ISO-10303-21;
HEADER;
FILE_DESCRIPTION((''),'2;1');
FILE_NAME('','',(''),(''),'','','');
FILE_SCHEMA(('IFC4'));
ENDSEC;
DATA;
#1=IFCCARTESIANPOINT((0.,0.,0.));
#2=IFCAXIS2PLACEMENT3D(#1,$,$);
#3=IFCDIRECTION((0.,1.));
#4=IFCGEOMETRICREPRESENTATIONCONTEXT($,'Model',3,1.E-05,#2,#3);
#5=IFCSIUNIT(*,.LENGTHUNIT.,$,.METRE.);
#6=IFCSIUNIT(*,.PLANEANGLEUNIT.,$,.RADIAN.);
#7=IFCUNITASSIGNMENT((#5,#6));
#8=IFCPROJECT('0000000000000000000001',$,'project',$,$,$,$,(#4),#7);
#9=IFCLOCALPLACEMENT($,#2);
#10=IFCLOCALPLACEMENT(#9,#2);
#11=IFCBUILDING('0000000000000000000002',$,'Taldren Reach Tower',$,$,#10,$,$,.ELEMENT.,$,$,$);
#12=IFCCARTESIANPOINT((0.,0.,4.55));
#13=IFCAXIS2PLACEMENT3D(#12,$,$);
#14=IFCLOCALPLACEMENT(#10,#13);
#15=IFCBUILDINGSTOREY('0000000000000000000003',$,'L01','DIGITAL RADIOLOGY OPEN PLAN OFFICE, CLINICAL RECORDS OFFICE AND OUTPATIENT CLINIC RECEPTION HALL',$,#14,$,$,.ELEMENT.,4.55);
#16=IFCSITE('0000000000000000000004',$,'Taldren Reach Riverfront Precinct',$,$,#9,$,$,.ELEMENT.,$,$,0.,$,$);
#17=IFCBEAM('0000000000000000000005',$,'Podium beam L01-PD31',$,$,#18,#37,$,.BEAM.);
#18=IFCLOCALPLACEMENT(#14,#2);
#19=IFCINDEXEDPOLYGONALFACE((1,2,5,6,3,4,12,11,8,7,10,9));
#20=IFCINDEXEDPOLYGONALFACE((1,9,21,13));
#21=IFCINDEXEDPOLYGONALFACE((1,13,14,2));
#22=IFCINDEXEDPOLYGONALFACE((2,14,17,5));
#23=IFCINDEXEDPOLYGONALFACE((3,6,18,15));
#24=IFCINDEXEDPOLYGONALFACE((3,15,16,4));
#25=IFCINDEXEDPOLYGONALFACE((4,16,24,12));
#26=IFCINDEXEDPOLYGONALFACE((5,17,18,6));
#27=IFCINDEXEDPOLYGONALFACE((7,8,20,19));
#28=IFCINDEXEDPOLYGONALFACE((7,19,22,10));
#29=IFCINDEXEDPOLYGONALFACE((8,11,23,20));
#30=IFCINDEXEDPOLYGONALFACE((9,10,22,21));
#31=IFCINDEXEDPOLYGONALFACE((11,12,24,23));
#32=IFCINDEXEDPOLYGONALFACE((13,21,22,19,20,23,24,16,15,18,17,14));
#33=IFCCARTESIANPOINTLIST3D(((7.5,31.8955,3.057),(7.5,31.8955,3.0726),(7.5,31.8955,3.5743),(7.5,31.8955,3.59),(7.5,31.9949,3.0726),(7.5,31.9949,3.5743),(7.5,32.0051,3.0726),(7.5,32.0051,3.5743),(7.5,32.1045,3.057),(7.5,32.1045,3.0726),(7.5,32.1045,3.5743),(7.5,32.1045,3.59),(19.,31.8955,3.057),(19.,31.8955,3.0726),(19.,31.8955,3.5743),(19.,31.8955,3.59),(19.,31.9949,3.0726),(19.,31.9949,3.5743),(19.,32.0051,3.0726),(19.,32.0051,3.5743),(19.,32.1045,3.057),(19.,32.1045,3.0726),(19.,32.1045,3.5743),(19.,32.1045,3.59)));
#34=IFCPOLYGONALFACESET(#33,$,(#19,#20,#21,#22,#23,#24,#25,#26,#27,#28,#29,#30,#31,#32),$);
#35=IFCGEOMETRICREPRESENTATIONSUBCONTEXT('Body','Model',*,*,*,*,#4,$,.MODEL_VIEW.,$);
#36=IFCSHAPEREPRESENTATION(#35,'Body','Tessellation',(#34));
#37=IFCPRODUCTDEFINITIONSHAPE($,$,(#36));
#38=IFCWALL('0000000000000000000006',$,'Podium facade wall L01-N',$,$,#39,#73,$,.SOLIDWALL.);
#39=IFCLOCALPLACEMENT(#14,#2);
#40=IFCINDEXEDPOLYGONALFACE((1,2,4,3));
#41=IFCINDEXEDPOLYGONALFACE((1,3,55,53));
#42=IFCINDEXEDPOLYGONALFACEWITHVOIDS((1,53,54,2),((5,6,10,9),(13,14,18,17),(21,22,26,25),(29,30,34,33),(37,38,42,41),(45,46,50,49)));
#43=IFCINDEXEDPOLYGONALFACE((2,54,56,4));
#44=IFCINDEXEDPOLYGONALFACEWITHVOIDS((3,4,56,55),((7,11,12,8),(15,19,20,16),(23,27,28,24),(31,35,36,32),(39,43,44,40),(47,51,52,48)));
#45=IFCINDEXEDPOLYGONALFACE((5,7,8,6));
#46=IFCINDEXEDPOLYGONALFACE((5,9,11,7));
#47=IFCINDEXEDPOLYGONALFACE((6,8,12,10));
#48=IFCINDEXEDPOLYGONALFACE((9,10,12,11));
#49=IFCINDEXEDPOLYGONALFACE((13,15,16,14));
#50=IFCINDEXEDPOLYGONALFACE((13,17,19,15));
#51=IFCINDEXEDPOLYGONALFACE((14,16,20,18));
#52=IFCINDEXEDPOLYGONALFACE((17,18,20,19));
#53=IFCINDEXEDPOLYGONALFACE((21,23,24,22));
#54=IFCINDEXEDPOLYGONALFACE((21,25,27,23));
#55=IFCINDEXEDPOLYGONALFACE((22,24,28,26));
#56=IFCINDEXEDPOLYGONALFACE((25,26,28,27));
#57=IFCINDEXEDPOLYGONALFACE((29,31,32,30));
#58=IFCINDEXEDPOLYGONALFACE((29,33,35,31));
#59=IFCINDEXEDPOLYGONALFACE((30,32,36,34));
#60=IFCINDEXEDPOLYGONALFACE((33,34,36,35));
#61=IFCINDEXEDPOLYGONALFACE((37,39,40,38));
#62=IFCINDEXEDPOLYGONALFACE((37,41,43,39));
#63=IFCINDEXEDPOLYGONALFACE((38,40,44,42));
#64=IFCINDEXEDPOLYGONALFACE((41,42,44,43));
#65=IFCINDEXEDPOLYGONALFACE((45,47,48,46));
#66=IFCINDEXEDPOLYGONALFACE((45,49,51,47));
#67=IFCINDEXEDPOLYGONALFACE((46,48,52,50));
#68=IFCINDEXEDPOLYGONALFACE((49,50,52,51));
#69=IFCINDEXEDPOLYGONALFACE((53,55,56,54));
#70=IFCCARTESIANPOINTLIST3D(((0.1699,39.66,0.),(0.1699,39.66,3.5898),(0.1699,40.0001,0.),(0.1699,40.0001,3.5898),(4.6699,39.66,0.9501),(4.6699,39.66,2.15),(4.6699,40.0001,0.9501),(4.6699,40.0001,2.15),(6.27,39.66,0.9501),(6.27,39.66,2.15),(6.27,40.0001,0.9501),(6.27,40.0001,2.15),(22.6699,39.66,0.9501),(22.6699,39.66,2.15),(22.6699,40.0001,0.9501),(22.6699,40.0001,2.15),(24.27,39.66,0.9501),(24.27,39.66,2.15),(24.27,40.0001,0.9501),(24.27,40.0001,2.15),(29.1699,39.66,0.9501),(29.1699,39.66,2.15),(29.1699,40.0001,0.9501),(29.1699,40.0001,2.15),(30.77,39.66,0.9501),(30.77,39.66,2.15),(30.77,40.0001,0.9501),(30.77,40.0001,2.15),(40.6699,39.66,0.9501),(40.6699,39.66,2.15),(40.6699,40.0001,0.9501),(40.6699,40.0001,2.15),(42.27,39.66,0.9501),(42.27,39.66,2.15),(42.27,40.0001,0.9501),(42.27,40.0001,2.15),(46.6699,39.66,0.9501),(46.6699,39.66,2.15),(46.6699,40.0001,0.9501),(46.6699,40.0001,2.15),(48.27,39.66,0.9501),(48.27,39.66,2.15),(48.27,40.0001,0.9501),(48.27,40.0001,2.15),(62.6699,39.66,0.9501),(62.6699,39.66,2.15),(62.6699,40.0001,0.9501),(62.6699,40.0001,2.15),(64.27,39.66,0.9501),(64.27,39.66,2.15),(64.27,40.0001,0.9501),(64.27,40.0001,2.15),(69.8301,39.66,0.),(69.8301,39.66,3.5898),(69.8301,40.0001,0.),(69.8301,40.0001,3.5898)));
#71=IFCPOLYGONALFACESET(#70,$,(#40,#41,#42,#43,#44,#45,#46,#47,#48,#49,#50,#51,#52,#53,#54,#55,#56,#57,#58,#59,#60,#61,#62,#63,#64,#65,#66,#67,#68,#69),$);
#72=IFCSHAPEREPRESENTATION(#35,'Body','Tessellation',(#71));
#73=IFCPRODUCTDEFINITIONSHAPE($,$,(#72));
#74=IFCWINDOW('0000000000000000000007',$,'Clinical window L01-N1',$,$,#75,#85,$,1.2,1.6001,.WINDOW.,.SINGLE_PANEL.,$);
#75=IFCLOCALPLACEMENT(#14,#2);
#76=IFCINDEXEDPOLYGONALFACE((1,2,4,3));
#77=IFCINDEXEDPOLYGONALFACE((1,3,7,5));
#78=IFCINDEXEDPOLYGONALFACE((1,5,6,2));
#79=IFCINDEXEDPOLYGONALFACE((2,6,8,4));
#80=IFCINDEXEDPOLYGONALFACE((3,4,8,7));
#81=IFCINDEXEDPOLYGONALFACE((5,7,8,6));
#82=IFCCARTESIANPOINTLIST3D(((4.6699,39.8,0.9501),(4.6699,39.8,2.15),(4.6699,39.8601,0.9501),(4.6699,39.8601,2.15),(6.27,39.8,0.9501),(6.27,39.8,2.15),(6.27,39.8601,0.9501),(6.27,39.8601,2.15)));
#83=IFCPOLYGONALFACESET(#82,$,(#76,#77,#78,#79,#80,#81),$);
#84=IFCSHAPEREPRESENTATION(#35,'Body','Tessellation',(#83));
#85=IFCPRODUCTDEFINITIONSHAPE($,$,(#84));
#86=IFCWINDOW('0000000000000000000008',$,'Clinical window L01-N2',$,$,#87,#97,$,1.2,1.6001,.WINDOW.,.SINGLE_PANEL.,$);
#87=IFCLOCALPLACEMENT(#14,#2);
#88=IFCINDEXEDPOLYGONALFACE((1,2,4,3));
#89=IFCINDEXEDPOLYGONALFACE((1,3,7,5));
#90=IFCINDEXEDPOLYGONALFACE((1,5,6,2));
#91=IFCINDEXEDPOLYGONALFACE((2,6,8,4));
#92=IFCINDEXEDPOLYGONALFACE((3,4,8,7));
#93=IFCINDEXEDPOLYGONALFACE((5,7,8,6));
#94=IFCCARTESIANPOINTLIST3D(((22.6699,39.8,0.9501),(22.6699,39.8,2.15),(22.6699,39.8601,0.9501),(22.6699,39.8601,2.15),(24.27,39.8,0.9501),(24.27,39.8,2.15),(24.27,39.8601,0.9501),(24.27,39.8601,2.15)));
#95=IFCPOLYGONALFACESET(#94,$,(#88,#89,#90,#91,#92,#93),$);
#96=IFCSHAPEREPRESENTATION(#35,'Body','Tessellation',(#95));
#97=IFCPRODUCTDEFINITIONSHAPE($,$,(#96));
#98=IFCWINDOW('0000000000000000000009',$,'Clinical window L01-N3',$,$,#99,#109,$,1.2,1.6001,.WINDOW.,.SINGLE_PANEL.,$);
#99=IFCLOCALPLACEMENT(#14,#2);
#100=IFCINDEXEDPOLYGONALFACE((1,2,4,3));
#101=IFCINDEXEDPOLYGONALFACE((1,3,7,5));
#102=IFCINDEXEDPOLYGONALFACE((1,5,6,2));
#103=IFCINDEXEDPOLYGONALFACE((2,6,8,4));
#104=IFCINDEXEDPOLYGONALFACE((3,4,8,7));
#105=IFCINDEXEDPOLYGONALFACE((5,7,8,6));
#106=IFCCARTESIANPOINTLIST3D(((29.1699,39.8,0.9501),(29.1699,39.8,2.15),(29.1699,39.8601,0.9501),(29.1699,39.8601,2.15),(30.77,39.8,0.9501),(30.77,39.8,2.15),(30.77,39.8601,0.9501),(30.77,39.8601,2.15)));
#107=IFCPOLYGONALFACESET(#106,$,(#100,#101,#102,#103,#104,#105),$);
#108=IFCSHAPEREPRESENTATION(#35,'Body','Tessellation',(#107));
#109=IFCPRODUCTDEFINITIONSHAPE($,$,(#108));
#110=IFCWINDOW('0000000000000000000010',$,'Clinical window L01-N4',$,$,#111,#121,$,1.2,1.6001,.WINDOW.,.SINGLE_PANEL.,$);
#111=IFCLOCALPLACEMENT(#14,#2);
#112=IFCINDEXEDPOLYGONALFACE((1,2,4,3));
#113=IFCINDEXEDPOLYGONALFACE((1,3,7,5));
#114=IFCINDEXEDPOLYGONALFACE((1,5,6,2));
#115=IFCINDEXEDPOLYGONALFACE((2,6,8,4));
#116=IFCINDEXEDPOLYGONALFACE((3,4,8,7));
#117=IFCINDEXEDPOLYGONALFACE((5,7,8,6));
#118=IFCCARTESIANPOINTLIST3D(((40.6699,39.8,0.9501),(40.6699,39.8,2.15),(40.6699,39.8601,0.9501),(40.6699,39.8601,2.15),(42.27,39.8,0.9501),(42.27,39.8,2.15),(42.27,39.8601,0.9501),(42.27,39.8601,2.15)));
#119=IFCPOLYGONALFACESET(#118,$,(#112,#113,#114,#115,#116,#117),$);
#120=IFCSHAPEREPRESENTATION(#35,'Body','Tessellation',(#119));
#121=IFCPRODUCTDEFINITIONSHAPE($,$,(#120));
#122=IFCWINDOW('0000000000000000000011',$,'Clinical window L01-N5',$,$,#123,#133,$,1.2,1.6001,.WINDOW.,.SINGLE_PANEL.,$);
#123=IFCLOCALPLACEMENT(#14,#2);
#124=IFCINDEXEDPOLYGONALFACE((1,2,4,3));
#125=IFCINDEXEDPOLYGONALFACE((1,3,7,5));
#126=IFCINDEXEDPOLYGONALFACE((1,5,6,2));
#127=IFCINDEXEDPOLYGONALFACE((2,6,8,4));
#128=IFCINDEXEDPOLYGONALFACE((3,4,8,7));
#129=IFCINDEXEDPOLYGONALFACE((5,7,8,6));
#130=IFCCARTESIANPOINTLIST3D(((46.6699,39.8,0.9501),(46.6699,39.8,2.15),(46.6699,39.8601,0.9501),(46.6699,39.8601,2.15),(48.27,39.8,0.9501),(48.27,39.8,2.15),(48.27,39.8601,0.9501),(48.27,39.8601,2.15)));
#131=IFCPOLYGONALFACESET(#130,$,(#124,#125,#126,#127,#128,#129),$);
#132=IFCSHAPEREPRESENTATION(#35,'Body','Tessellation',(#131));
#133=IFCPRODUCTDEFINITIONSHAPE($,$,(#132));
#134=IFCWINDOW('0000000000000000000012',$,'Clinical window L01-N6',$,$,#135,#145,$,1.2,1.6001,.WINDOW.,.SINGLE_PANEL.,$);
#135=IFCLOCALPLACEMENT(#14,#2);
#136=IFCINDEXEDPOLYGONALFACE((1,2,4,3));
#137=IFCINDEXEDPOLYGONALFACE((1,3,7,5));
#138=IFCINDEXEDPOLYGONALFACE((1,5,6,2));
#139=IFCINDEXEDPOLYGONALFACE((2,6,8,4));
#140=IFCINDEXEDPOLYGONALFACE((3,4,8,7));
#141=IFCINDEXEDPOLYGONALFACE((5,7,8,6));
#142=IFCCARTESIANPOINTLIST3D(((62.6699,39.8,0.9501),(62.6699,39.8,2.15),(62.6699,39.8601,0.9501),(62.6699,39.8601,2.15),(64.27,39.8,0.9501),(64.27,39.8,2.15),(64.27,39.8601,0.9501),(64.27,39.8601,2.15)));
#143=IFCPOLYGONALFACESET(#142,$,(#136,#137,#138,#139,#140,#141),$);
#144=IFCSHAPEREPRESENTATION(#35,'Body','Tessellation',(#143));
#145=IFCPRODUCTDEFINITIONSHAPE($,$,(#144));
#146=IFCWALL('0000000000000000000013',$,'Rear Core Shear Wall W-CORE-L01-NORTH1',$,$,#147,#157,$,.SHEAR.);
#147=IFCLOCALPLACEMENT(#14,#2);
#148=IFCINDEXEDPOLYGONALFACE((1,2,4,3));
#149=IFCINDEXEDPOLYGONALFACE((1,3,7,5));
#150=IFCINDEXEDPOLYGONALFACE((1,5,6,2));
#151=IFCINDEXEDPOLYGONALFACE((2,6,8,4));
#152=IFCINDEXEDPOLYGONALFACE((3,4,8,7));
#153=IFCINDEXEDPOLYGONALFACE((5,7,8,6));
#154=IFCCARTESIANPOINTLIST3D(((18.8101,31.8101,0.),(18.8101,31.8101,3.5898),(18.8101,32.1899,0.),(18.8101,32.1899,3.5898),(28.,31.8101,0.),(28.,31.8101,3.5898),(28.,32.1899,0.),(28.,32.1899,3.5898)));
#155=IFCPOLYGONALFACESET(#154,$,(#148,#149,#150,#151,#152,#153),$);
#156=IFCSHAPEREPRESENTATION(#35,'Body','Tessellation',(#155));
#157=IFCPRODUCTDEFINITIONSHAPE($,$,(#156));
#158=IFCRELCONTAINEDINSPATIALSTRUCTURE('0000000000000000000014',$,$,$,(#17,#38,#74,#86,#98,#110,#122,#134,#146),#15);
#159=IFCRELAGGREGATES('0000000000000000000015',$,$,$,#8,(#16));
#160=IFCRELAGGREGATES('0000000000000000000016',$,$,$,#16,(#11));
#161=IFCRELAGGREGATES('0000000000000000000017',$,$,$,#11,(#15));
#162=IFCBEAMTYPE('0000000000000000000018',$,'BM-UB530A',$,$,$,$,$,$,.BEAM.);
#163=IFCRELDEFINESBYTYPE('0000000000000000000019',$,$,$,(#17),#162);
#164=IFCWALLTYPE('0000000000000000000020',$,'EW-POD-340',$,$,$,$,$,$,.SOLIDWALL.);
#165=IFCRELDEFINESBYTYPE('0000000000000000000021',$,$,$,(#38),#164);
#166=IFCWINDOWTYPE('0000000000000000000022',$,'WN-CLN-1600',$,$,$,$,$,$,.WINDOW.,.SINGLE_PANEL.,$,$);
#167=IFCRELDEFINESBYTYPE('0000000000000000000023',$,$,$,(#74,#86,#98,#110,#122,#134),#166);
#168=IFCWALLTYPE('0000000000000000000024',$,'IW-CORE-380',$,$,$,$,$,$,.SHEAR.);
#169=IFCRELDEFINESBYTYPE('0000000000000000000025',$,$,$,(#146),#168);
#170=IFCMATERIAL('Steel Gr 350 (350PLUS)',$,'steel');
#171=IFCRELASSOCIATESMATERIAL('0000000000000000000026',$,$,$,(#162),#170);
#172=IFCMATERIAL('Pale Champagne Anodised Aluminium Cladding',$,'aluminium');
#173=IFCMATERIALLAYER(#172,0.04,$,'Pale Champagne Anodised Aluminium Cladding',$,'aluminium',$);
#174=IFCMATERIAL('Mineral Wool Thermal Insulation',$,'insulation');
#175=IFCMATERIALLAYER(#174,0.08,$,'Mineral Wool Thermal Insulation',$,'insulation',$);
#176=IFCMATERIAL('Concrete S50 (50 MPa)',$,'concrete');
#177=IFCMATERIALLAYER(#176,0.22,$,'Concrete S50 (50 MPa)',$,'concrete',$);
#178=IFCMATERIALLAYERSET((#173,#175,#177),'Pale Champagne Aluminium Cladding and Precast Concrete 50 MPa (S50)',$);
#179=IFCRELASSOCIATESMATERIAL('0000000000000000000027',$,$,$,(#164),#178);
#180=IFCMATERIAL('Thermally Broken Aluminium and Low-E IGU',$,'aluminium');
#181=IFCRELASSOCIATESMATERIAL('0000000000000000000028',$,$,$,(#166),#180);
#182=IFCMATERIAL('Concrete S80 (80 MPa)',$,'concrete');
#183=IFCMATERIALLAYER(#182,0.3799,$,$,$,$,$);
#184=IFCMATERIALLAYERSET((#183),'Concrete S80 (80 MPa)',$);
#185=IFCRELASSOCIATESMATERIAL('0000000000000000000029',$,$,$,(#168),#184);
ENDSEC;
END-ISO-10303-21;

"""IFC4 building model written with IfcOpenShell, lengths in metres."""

from ifc_helpers import new_model, si_unit, direction, frame, frame_2d, origin, origin_2d, place, context, subcontext, project, spatial, rectangle, i_section, extrude, source, transform, mapped, material, layer, layer_set, material_profile, profile_set, type_object, element, fill, save


model = new_model("IFC4")

# Units and contexts
model_context = context("Model", 3, precision=1e-05, world=origin(), true_north=direction((0.0, 1.0)))
body_context = subcontext(model_context, "Body", "Model", "MODEL_VIEW")
ifc_project = project(units=[si_unit("LENGTHUNIT", "METRE"), si_unit("PLANEANGLEUNIT", "RADIAN")], contexts=[model_context])

# Site, building, storey
site_placement = place(None, origin())
site = spatial("IfcSite", under=ifc_project, at=site_placement, Name="Taldren Reach Riverfront Precinct", CompositionType="ELEMENT", RefElevation=0.0)
building_placement = place(site_placement, origin())
building = spatial("IfcBuilding", under=site, at=building_placement, Name="Taldren Reach Tower", CompositionType="ELEMENT")
storey_placement = place(building_placement, frame((0.0, 0.0, 4.55)))
storey = spatial("IfcBuildingStorey", under=building, at=storey_placement, Name="L01", Description="DIGITAL RADIOLOGY OPEN PLAN OFFICE, CLINICAL RECORDS OFFICE AND OUTPATIENT CLINIC RECEPTION HALL", CompositionType="ELEMENT", Elevation=4.55)

# Shared definitions
ifc_material_1 = material(Name="Concrete S80 (80 MPa)", Category="concrete")
ifc_material_2 = material(Name="Steel Gr 350 (350PLUS)", Category="steel")

# Beam
ifc_material_profile_1 = material_profile(ifc_material_2, i_section(OverallWidth=0.209, OverallDepth=0.533, WebThickness=0.0103, FlangeThickness=0.0156, at=origin_2d()), Name="530UB92.4")
ifc_profile_set_1 = profile_set([ifc_material_profile_1], Name="Steel Gr 350 (350PLUS)")
beam_type_1 = type_object("IfcBeamType", Name="BM-UB530A", PredefinedType="BEAM", material=ifc_profile_set_1)
shared_shape_1 = source(origin(), body_context, "Body", "SweptSolid", [
    extrude(i_section(OverallWidth=0.209, OverallDepth=0.533, WebThickness=0.0103, FlangeThickness=0.0156, at=origin_2d()), origin(), (0.0, 0.0, 1.0), 11.5),
])
beam_1_placement = place(storey_placement, frame((7.5, 32.0, 3.3235), z_axis=(1.0, 0.0, 0.0), x_axis=(0.0, 1.0, 0.0)))
element("IfcBeam", 1, at=beam_1_placement, inside=storey, type_object=beam_type_1, Name="Podium beam L01-PD31", PredefinedType="BEAM", context=body_context, shape_type="MappedRepresentation", body=[
    mapped(shared_shape_1, transform((0.0, 0.0, 0.0), scale=1.0)),
])

# Wall, openings, windows
ifc_material_3 = material(Name="Pale Champagne Anodised Aluminium Cladding", Category="aluminium")
ifc_layer_1 = layer(ifc_material_3, 0.04, Name="Pale Champagne Anodised Aluminium Cladding", Category="aluminium")
ifc_material_4 = material(Name="Mineral Wool Thermal Insulation", Category="insulation")
ifc_layer_2 = layer(ifc_material_4, 0.08, Name="Mineral Wool Thermal Insulation", Category="insulation")
ifc_material_5 = material(Name="Concrete S50 (50 MPa)", Category="concrete")
ifc_layer_3 = layer(ifc_material_5, 0.22, Name="Concrete S50 (50 MPa)", Category="concrete")
ifc_layer_set_1 = layer_set([ifc_layer_1, ifc_layer_2, ifc_layer_3], Name="Pale Champagne Aluminium Cladding and Precast Concrete 50 MPa (S50)")
wall_type_1 = type_object("IfcWallType", Name="EW-POD-340", PredefinedType="SOLIDWALL", material=ifc_layer_set_1)
shared_shape_2 = source(origin(), body_context, "Body", "SweptSolid", [
    extrude(rectangle(XDim=69.6602, YDim=0.3401, at=frame_2d((34.8301, 0.0))), origin(), (0.0, 0.0, 1.0), 3.5898),
])
wall_1_placement = place(storey_placement, frame((0.1699, 39.8301, 0.0), z_axis=(0.0, 0.0, 1.0), x_axis=(1.0, 0.0, 0.0)))
wall_1 = element("IfcWall", 2, at=wall_1_placement, inside=storey, type_object=wall_type_1, Name="Podium facade wall L01-N", PredefinedType="SOLIDWALL", context=body_context, shape_type="MappedRepresentation", body=[
    mapped(shared_shape_2, transform((0.0, 0.0, 0.0), scale=1.0)),
])
shared_shape_3 = source(origin(), body_context, "Body", "SweptSolid", [
    extrude(rectangle(XDim=1.6001, YDim=1.2, at=frame_2d((0.8, 0.6001))), frame((0.0, 0.1802, 0.0), z_axis=(0.0, -1.0, 0.0), x_axis=(1.0, 0.0, 0.0)), (0.0, 0.0, 1.0), 0.3601),
])
opening_1_placement = place(wall_1_placement, frame((4.5, 0.0, 0.95)))
opening_1 = element("IfcOpeningElement", 3, at=opening_1_placement, cuts=wall_1, PredefinedType="OPENING", context=body_context, shape_type="MappedRepresentation", body=[
    mapped(shared_shape_3, transform((0.0, 0.0, 0.0), scale=1.0)),
])
opening_2_placement = place(wall_1_placement, frame((22.5, 0.0, 0.95)))
opening_2 = element("IfcOpeningElement", 4, at=opening_2_placement, cuts=wall_1, PredefinedType="OPENING", context=body_context, shape_type="MappedRepresentation", body=[
    mapped(shared_shape_3, transform((0.0, 0.0, 0.0), scale=1.0)),
])
opening_3_placement = place(wall_1_placement, frame((29.0, 0.0, 0.95)))
opening_3 = element("IfcOpeningElement", 5, at=opening_3_placement, cuts=wall_1, PredefinedType="OPENING", context=body_context, shape_type="MappedRepresentation", body=[
    mapped(shared_shape_3, transform((0.0, 0.0, 0.0), scale=1.0)),
])
opening_4_placement = place(wall_1_placement, frame((40.5, 0.0, 0.95)))
opening_4 = element("IfcOpeningElement", 6, at=opening_4_placement, cuts=wall_1, PredefinedType="OPENING", context=body_context, shape_type="MappedRepresentation", body=[
    mapped(shared_shape_3, transform((0.0, 0.0, 0.0), scale=1.0)),
])
opening_5_placement = place(wall_1_placement, frame((46.5, 0.0, 0.95)))
opening_5 = element("IfcOpeningElement", 7, at=opening_5_placement, cuts=wall_1, PredefinedType="OPENING", context=body_context, shape_type="MappedRepresentation", body=[
    mapped(shared_shape_3, transform((0.0, 0.0, 0.0), scale=1.0)),
])
opening_6_placement = place(wall_1_placement, frame((62.5, 0.0, 0.95)))
opening_6 = element("IfcOpeningElement", 8, at=opening_6_placement, cuts=wall_1, PredefinedType="OPENING", context=body_context, shape_type="MappedRepresentation", body=[
    mapped(shared_shape_3, transform((0.0, 0.0, 0.0), scale=1.0)),
])
ifc_material_6 = material(Name="Thermally Broken Aluminium and Low-E IGU", Category="aluminium")
window_type = type_object("IfcWindowType", Name="WN-CLN-1600", PartitioningType="SINGLE_PANEL", PredefinedType="WINDOW", material=ifc_material_6)
shared_shape_4 = source(origin(), body_context, "Body", "SweptSolid", [
    extrude(rectangle(XDim=1.6001, YDim=1.2, at=frame_2d((0.8, 0.6001))), frame((0.0, 0.03, 0.0), z_axis=(0.0, -1.0, 0.0), x_axis=(1.0, 0.0, 0.0)), (0.0, 0.0, 1.0), 0.0601),
])
window_1_placement = place(opening_1_placement, origin())
window_1 = element("IfcWindow", 9, at=window_1_placement, inside=storey, type_object=window_type, Name="Clinical window L01-N1", OverallHeight=1.2, OverallWidth=1.6001, PartitioningType="SINGLE_PANEL", PredefinedType="WINDOW", context=body_context, shape_type="MappedRepresentation", body=[
    mapped(shared_shape_4, transform((0.0, 0.0, 0.0), scale=1.0)),
])
fill(opening_1, window_1)
window_2_placement = place(opening_2_placement, origin())
window_2 = element("IfcWindow", 10, at=window_2_placement, inside=storey, type_object=window_type, Name="Clinical window L01-N2", OverallHeight=1.2, OverallWidth=1.6001, PartitioningType="SINGLE_PANEL", PredefinedType="WINDOW", context=body_context, shape_type="MappedRepresentation", body=[
    mapped(shared_shape_4, transform((0.0, 0.0, 0.0), scale=1.0)),
])
fill(opening_2, window_2)
window_3_placement = place(opening_3_placement, origin())
window_3 = element("IfcWindow", 11, at=window_3_placement, inside=storey, type_object=window_type, Name="Clinical window L01-N3", OverallHeight=1.2, OverallWidth=1.6001, PartitioningType="SINGLE_PANEL", PredefinedType="WINDOW", context=body_context, shape_type="MappedRepresentation", body=[
    mapped(shared_shape_4, transform((0.0, 0.0, 0.0), scale=1.0)),
])
fill(opening_3, window_3)
window_4_placement = place(opening_4_placement, origin())
window_4 = element("IfcWindow", 12, at=window_4_placement, inside=storey, type_object=window_type, Name="Clinical window L01-N4", OverallHeight=1.2, OverallWidth=1.6001, PartitioningType="SINGLE_PANEL", PredefinedType="WINDOW", context=body_context, shape_type="MappedRepresentation", body=[
    mapped(shared_shape_4, transform((0.0, 0.0, 0.0), scale=1.0)),
])
fill(opening_4, window_4)
window_5_placement = place(opening_5_placement, origin())
window_5 = element("IfcWindow", 13, at=window_5_placement, inside=storey, type_object=window_type, Name="Clinical window L01-N5", OverallHeight=1.2, OverallWidth=1.6001, PartitioningType="SINGLE_PANEL", PredefinedType="WINDOW", context=body_context, shape_type="MappedRepresentation", body=[
    mapped(shared_shape_4, transform((0.0, 0.0, 0.0), scale=1.0)),
])
fill(opening_5, window_5)
window_6_placement = place(opening_6_placement, origin())
window_6 = element("IfcWindow", 14, at=window_6_placement, inside=storey, type_object=window_type, Name="Clinical window L01-N6", OverallHeight=1.2, OverallWidth=1.6001, PartitioningType="SINGLE_PANEL", PredefinedType="WINDOW", context=body_context, shape_type="MappedRepresentation", body=[
    mapped(shared_shape_4, transform((0.0, 0.0, 0.0), scale=1.0)),
])
fill(opening_6, window_6)

# Wall
ifc_layer_4 = layer(ifc_material_1, 0.3799)
ifc_layer_set_2 = layer_set([ifc_layer_4], Name="Concrete S80 (80 MPa)")
wall_type_2 = type_object("IfcWallType", Name="IW-CORE-380", PredefinedType="SHEAR", material=ifc_layer_set_2)
shared_shape_5 = source(origin(), body_context, "Body", "SweptSolid", [
    extrude(rectangle(XDim=9.1899, YDim=0.3799, at=frame_2d((4.595, 0.0))), origin(), (0.0, 0.0, 1.0), 3.5898),
])
wall_2_placement = place(storey_placement, frame((18.8101, 32.0, 0.0), z_axis=(0.0, 0.0, 1.0), x_axis=(1.0, 0.0, 0.0)))
element("IfcWall", 15, at=wall_2_placement, inside=storey, type_object=wall_type_2, Name="Rear Core Shear Wall W-CORE-L01-NORTH1", PredefinedType="SHEAR", context=body_context, shape_type="MappedRepresentation", body=[
    mapped(shared_shape_5, transform((0.0, 0.0, 0.0), scale=1.0)),
])

save(model, "model.ifc")
